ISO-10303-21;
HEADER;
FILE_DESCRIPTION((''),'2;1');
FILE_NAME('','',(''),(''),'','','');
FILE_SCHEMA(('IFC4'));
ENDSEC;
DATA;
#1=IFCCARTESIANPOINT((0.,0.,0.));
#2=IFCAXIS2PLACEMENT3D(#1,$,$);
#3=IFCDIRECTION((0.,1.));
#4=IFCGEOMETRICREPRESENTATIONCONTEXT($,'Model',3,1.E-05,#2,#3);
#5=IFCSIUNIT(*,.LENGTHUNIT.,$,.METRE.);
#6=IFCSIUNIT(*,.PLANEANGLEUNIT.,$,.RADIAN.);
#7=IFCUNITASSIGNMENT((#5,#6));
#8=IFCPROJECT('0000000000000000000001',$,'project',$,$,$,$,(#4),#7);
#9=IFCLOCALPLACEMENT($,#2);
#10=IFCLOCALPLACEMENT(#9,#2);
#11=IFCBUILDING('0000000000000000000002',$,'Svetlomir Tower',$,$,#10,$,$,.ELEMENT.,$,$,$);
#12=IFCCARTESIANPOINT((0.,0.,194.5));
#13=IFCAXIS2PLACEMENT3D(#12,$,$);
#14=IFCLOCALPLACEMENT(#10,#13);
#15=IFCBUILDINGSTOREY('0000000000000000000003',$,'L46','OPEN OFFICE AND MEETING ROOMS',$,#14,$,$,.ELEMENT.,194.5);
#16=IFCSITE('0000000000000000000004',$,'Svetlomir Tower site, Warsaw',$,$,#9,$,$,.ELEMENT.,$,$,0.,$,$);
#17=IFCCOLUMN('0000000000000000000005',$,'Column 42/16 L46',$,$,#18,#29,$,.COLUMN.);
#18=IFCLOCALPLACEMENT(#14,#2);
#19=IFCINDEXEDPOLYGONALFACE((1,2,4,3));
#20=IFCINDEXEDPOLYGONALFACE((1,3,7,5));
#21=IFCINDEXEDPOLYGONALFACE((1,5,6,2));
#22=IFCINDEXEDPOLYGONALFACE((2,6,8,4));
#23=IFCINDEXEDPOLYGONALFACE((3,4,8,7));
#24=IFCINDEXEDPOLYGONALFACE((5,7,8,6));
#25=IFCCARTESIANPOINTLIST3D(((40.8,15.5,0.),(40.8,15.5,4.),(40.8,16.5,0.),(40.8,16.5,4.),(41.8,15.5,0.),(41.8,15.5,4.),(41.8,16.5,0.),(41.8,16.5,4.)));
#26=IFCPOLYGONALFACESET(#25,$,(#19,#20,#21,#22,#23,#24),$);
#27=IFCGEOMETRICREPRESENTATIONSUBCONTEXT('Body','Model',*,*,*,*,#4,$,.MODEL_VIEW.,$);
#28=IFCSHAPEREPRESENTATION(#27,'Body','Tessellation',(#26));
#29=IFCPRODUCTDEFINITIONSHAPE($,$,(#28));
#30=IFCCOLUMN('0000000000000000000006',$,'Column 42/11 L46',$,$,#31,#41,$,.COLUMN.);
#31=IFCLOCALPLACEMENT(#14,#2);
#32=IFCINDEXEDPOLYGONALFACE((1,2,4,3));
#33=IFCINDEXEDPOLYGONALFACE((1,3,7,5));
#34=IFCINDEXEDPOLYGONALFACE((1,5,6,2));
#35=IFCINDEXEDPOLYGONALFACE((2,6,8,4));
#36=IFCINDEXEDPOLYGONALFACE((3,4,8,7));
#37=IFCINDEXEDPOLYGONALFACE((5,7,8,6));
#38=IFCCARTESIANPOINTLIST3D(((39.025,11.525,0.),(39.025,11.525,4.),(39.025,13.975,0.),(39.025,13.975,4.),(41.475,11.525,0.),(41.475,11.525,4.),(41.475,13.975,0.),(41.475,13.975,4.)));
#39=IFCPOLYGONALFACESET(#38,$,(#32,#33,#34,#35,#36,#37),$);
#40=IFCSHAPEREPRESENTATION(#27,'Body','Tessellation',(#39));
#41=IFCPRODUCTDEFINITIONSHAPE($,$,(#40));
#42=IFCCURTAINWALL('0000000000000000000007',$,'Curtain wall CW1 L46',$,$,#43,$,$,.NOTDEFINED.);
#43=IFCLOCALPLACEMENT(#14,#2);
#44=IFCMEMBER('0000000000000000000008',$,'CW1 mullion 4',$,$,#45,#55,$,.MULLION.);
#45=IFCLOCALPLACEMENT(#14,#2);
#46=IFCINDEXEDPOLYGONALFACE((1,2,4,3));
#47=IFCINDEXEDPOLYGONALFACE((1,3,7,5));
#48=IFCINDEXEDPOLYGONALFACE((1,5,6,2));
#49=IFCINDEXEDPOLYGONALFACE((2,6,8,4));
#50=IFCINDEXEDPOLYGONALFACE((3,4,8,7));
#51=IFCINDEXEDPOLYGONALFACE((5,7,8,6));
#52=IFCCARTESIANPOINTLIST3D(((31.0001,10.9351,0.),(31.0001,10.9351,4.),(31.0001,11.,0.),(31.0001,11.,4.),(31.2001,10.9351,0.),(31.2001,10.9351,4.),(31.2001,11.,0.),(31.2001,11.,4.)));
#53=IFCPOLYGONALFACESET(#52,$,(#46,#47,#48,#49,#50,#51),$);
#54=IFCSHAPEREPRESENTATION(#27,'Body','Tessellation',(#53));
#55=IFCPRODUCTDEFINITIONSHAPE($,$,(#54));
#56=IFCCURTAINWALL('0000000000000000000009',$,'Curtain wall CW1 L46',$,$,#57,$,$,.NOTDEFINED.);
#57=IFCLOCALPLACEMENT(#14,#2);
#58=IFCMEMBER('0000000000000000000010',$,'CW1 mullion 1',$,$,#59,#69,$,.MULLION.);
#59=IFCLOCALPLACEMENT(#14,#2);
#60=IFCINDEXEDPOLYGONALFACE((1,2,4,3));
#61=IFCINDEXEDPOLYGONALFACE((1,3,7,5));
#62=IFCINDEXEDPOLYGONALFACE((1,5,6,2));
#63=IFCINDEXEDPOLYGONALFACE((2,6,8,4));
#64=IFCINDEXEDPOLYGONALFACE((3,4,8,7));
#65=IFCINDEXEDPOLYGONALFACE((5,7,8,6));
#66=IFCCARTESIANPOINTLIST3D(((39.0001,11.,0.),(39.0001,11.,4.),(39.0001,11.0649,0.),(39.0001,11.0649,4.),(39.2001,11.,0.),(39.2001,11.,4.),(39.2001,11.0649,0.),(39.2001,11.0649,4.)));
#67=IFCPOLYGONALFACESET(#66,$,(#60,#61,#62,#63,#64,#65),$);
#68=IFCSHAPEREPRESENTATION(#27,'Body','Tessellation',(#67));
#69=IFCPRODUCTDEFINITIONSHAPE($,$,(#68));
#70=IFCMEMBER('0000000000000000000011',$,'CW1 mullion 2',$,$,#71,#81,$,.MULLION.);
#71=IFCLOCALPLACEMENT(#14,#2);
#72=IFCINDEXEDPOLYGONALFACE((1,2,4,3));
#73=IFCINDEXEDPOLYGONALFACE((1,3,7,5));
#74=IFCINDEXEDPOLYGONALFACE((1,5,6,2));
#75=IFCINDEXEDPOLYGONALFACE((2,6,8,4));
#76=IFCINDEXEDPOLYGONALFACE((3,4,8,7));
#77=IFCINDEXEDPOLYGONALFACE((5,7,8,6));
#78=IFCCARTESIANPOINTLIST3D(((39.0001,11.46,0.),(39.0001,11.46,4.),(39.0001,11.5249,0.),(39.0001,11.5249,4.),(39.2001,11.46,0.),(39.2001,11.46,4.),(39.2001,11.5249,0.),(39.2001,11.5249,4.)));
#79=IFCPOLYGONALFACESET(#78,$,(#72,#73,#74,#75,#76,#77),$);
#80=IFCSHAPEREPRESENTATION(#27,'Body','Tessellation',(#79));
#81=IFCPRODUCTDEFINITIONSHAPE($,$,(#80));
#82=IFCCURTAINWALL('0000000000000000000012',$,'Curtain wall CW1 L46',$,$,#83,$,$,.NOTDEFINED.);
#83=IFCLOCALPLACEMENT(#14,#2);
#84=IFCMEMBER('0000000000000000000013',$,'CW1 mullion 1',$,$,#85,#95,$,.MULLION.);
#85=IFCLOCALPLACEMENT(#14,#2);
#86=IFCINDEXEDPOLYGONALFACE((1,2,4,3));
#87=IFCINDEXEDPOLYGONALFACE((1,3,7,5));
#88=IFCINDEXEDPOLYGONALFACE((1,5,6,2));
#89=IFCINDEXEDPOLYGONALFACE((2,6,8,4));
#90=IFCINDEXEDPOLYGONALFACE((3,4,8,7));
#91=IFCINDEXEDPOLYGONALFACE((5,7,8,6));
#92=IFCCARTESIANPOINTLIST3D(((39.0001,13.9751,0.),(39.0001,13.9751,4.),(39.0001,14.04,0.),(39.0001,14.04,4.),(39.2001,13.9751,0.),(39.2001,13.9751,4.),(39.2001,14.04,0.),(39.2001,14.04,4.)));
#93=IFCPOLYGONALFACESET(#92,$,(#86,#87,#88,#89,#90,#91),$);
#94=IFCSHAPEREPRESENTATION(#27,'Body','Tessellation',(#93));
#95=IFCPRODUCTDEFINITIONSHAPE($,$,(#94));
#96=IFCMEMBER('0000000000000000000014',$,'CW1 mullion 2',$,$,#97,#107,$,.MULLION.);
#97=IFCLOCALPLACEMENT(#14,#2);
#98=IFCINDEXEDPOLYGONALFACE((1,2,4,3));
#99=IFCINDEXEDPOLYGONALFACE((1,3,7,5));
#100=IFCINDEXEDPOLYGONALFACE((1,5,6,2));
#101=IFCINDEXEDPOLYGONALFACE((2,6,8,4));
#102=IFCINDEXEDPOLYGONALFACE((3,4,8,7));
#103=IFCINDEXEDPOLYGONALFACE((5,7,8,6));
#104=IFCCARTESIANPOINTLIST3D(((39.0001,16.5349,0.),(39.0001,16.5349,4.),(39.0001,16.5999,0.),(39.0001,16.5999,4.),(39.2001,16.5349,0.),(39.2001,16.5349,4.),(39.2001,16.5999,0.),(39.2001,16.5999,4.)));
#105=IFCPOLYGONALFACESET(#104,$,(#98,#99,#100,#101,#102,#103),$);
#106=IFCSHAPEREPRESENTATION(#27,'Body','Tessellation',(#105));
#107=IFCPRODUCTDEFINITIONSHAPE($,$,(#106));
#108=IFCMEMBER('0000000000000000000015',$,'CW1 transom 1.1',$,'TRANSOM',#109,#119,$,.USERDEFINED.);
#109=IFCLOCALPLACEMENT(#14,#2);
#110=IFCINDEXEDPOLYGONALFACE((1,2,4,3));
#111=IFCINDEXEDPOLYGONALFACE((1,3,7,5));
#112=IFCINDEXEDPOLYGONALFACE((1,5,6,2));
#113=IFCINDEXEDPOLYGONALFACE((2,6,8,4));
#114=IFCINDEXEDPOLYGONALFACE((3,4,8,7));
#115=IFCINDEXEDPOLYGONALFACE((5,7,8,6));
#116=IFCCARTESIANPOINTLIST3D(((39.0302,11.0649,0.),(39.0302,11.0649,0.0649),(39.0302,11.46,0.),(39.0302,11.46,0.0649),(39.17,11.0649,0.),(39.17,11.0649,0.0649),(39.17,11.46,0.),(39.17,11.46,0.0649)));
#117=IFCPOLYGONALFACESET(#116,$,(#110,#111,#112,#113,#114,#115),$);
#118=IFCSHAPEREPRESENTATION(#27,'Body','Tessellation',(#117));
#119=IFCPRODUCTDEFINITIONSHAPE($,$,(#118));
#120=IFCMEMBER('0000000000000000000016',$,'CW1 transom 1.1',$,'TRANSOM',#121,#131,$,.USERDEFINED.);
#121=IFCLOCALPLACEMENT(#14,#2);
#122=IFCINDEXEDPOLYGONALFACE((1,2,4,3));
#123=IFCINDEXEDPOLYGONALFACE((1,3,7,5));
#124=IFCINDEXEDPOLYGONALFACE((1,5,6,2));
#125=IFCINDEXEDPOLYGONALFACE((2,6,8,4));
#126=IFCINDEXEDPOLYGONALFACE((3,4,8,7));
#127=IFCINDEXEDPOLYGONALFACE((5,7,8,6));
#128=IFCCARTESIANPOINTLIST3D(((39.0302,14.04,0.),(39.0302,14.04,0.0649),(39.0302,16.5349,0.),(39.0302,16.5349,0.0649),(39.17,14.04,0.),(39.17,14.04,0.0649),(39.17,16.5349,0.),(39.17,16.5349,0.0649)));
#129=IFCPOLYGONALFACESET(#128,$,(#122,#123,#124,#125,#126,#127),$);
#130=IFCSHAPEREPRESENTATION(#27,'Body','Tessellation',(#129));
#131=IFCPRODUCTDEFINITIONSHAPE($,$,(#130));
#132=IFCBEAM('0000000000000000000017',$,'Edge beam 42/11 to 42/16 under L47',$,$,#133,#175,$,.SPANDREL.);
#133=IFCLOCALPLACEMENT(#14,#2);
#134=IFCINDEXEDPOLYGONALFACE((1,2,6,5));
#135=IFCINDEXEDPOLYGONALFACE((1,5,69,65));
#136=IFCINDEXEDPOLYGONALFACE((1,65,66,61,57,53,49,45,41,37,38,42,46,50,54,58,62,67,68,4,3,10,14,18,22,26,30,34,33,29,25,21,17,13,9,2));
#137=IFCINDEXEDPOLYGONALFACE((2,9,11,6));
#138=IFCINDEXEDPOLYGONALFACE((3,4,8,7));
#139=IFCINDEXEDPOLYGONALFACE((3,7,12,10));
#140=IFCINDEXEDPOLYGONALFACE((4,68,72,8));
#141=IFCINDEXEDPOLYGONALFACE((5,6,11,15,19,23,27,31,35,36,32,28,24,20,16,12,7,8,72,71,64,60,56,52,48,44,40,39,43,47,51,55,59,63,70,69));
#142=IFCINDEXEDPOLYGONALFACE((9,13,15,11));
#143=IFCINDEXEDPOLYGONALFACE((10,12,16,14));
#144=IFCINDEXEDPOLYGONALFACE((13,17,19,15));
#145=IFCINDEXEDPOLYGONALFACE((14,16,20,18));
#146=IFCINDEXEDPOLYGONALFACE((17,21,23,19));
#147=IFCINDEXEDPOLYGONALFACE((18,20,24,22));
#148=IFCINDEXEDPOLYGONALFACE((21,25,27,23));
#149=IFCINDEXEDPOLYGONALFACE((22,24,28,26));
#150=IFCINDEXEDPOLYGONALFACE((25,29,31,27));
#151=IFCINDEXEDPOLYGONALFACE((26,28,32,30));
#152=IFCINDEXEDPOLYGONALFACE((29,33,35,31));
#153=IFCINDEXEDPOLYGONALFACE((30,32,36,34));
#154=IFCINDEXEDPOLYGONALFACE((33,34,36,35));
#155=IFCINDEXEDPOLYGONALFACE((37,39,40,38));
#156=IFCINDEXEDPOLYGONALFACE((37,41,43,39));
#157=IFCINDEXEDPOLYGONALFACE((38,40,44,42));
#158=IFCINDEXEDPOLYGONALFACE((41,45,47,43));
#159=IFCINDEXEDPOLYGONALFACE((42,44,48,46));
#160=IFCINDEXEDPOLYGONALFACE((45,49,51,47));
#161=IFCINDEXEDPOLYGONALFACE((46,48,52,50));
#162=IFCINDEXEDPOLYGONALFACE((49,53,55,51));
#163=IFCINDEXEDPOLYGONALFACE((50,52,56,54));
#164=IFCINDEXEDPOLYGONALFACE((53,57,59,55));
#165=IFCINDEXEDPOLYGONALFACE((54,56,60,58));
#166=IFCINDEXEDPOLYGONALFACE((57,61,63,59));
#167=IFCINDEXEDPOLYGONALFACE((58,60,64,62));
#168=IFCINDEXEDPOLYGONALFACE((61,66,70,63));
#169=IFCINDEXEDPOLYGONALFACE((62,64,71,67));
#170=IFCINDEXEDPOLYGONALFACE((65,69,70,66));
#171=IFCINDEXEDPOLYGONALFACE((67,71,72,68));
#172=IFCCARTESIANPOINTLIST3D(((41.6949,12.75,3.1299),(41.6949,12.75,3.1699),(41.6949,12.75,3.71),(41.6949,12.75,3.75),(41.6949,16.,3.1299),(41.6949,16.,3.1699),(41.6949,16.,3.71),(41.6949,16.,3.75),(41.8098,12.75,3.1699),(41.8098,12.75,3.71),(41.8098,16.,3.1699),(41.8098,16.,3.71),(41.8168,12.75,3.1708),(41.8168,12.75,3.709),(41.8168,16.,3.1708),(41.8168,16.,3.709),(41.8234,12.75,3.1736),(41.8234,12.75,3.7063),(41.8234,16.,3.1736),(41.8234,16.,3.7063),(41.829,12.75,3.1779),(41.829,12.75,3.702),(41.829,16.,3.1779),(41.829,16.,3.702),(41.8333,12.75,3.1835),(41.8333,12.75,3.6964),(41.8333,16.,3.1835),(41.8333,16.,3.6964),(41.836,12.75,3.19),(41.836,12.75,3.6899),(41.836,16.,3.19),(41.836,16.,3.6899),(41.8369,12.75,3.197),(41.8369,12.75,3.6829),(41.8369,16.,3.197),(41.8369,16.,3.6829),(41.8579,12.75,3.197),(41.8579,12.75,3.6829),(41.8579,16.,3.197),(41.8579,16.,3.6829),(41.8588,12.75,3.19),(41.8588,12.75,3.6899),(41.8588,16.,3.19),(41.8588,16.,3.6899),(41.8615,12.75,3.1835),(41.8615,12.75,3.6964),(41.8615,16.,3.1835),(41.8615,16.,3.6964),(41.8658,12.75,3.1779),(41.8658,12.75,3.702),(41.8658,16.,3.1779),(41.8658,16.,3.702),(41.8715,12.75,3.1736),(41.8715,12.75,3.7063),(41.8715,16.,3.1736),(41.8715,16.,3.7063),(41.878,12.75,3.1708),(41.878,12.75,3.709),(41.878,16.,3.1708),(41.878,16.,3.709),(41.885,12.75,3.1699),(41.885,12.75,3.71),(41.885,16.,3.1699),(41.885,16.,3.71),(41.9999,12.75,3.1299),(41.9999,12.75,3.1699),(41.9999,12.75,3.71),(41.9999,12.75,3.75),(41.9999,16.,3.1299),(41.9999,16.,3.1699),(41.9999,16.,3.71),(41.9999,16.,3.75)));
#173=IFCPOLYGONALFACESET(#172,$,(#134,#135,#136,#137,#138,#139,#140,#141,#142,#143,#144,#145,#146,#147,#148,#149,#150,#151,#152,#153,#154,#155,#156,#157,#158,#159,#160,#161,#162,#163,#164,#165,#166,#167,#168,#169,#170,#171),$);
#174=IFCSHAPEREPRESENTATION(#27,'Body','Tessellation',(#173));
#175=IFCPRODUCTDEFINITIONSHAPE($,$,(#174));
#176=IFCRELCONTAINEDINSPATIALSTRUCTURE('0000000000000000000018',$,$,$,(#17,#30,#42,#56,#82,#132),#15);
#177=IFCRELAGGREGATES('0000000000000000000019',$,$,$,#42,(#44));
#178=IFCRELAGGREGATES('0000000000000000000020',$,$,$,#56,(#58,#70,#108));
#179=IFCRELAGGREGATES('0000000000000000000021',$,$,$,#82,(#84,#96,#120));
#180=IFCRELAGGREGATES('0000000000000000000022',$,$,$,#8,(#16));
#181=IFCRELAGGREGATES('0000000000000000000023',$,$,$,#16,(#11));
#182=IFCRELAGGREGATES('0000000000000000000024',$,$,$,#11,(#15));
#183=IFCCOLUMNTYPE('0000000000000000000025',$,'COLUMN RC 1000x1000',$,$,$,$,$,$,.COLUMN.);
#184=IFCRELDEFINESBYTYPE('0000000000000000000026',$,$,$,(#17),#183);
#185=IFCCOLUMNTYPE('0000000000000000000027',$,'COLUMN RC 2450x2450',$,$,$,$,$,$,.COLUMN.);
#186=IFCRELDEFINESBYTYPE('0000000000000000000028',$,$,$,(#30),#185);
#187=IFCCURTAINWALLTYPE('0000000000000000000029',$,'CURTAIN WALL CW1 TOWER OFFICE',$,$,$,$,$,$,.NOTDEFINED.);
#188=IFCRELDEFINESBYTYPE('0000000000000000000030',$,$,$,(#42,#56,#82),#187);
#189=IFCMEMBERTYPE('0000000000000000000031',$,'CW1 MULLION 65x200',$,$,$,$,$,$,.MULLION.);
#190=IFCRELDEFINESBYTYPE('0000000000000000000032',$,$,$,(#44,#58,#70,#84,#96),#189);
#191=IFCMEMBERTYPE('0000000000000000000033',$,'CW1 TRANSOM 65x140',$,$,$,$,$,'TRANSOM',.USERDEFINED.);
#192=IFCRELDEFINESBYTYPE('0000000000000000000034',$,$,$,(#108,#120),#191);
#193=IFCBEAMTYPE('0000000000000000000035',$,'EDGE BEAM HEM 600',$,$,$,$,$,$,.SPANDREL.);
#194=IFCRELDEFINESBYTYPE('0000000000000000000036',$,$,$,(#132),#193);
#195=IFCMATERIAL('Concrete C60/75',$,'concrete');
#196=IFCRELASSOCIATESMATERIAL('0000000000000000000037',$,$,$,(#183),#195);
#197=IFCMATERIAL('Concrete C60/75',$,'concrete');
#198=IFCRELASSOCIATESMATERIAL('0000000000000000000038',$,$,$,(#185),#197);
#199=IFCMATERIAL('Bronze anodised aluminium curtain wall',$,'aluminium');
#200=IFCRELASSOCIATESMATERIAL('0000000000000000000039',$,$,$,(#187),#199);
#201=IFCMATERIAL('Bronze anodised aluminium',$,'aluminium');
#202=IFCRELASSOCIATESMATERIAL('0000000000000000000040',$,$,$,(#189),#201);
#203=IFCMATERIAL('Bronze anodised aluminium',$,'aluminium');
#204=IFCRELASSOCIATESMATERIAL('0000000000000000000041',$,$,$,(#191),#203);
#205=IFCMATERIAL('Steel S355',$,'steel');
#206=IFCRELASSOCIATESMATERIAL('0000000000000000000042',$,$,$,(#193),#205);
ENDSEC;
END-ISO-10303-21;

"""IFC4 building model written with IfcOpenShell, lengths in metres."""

from ifc_helpers import new_model, si_unit, direction, frame, origin, origin_2d, place, context, subcontext, project, spatial, rectangle, i_section, extrude, material, material_profile, profile_set, type_object, element, aggregate, save


model = new_model("IFC4")

# Units and contexts
model_context = context("Model", 3, precision=1e-05, world=origin(), true_north=direction((0.0, 1.0)))
body_context = subcontext(model_context, "Body", "Model", "MODEL_VIEW")
ifc_project = project(units=[si_unit("LENGTHUNIT", "METRE"), si_unit("PLANEANGLEUNIT", "RADIAN")], contexts=[model_context])

# Site, building, storey
site_placement = place(None, origin())
site = spatial("IfcSite", under=ifc_project, at=site_placement, Name="Svetlomir Tower site, Warsaw", CompositionType="ELEMENT", RefElevation=0.0)
building_placement = place(site_placement, origin())
building = spatial("IfcBuilding", under=site, at=building_placement, Name="Svetlomir Tower", CompositionType="ELEMENT")
storey_placement = place(building_placement, frame((0.0, 0.0, 194.5)))
storey = spatial("IfcBuildingStorey", under=building, at=storey_placement, Name="L46", Description="OPEN OFFICE AND MEETING ROOMS", CompositionType="ELEMENT", Elevation=194.5)

# Columns
ifc_material_1 = material(Name="Concrete C60/75", Category="concrete")
ifc_material_profile_1 = material_profile(ifc_material_1, rectangle(XDim=1.0, YDim=1.0, at=origin_2d()), Name="RC 1000x1000")
ifc_profile_set_1 = profile_set([ifc_material_profile_1], Name="Concrete C60/75")
column_type_1 = type_object("IfcColumnType", Name="COLUMN RC 1000x1000", PredefinedType="COLUMN", material=ifc_profile_set_1)
column_1_placement = place(storey_placement, frame((41.3, 16.0, 0.0), z_axis=(0.0, 0.0, 1.0), x_axis=(1.0, 0.0, 0.0)))
element("IfcColumn", 1, at=column_1_placement, inside=storey, type_object=column_type_1, Name="Column 42/16 L46", PredefinedType="COLUMN", context=body_context, shape_type="SweptSolid", body=[
    extrude(rectangle(XDim=1.0, YDim=1.0, at=origin_2d()), origin(), (0.0, 0.0, 1.0), 4.0),
])
ifc_material_2 = material(Name="Concrete C60/75", Category="concrete")
ifc_material_profile_2 = material_profile(ifc_material_2, rectangle(XDim=2.45, YDim=2.45, at=origin_2d()), Name="RC 2450x2450")
ifc_profile_set_2 = profile_set([ifc_material_profile_2], Name="Concrete C60/75")
column_type_2 = type_object("IfcColumnType", Name="COLUMN RC 2450x2450", PredefinedType="COLUMN", material=ifc_profile_set_2)
column_2_placement = place(storey_placement, frame((40.25, 12.75, 0.0), z_axis=(0.0, 0.0, 1.0), x_axis=(1.0, 0.0, 0.0)))
element("IfcColumn", 2, at=column_2_placement, inside=storey, type_object=column_type_2, Name="Column 42/11 L46", PredefinedType="COLUMN", context=body_context, shape_type="SweptSolid", body=[
    extrude(rectangle(XDim=2.45, YDim=2.45, at=origin_2d()), origin(), (0.0, 0.0, 1.0), 4.0),
])

# Curtain wall, member
ifc_material_3 = material(Name="Bronze anodised aluminium curtain wall", Category="aluminium")
curtain_wall_type = type_object("IfcCurtainWallType", Name="CURTAIN WALL CW1 TOWER OFFICE", PredefinedType="NOTDEFINED", material=ifc_material_3)
curtain_wall_1_placement = place(storey_placement, origin())
curtain_wall_1 = element("IfcCurtainWall", 3, at=curtain_wall_1_placement, inside=storey, type_object=curtain_wall_type, Name="Curtain wall CW1 L46", PredefinedType="NOTDEFINED")
ifc_material_4 = material(Name="Bronze anodised aluminium", Category="aluminium")
ifc_material_profile_3 = material_profile(ifc_material_4, rectangle(XDim=0.0649, YDim=0.2, at=origin_2d()), Name="AL 65x200")
ifc_profile_set_3 = profile_set([ifc_material_profile_3], Name="Bronze anodised aluminium 6063-T6")
member_type_1 = type_object("IfcMemberType", Name="CW1 MULLION 65x200", PredefinedType="MULLION", material=ifc_profile_set_3)
member_1_placement = place(storey_placement, frame((31.1001, 10.9675, 0.0), z_axis=(0.0, 0.0, 1.0), x_axis=(0.0, 1.0, 0.0)))
member_1 = element("IfcMember", 4, at=member_1_placement, type_object=member_type_1, Name="CW1 mullion 4", PredefinedType="MULLION", context=body_context, shape_type="SweptSolid", body=[
    extrude(rectangle(XDim=0.0649, YDim=0.2, at=origin_2d()), origin(), (0.0, 0.0, 1.0), 4.0),
])
aggregate(curtain_wall_1, [member_1])

# Curtain walls, members
curtain_wall_2_placement = place(storey_placement, origin())
curtain_wall_2 = element("IfcCurtainWall", 5, at=curtain_wall_2_placement, inside=storey, type_object=curtain_wall_type, Name="Curtain wall CW1 L46", PredefinedType="NOTDEFINED")
member_2_placement = place(storey_placement, frame((39.1001, 11.0325, 0.0), z_axis=(0.0, 0.0, 1.0), x_axis=(0.0, 1.0, 0.0)))
member_2 = element("IfcMember", 6, at=member_2_placement, type_object=member_type_1, Name="CW1 mullion 1", PredefinedType="MULLION", context=body_context, shape_type="SweptSolid", body=[
    extrude(rectangle(XDim=0.0649, YDim=0.2, at=origin_2d()), origin(), (0.0, 0.0, 1.0), 4.0),
])
member_3_placement = place(storey_placement, frame((39.1001, 11.4924, 0.0), z_axis=(0.0, 0.0, 1.0), x_axis=(0.0, 1.0, 0.0)))
member_3 = element("IfcMember", 7, at=member_3_placement, type_object=member_type_1, Name="CW1 mullion 2", PredefinedType="MULLION", context=body_context, shape_type="SweptSolid", body=[
    extrude(rectangle(XDim=0.0649, YDim=0.2, at=origin_2d()), origin(), (0.0, 0.0, 1.0), 4.0),
])
curtain_wall_3_placement = place(storey_placement, origin())
curtain_wall_3 = element("IfcCurtainWall", 8, at=curtain_wall_3_placement, inside=storey, type_object=curtain_wall_type, Name="Curtain wall CW1 L46", PredefinedType="NOTDEFINED")
member_4_placement = place(storey_placement, frame((39.1001, 14.0076, 0.0), z_axis=(0.0, 0.0, 1.0), x_axis=(0.0, 1.0, 0.0)))
member_4 = element("IfcMember", 9, at=member_4_placement, type_object=member_type_1, Name="CW1 mullion 1", PredefinedType="MULLION", context=body_context, shape_type="SweptSolid", body=[
    extrude(rectangle(XDim=0.0649, YDim=0.2, at=origin_2d()), origin(), (0.0, 0.0, 1.0), 4.0),
])
member_5_placement = place(storey_placement, frame((39.1001, 16.5674, 0.0), z_axis=(0.0, 0.0, 1.0), x_axis=(0.0, 1.0, 0.0)))
member_5 = element("IfcMember", 10, at=member_5_placement, type_object=member_type_1, Name="CW1 mullion 2", PredefinedType="MULLION", context=body_context, shape_type="SweptSolid", body=[
    extrude(rectangle(XDim=0.0649, YDim=0.2, at=origin_2d()), origin(), (0.0, 0.0, 1.0), 4.0),
])

# Members
ifc_material_5 = material(Name="Bronze anodised aluminium", Category="aluminium")
ifc_material_profile_4 = material_profile(ifc_material_5, rectangle(XDim=0.1399, YDim=0.0649, at=origin_2d()), Name="AL 140x65")
ifc_profile_set_4 = profile_set([ifc_material_profile_4], Name="Bronze anodised aluminium 6063-T6")
member_type_2 = type_object("IfcMemberType", Name="CW1 TRANSOM 65x140", ElementType="TRANSOM", PredefinedType="USERDEFINED", material=ifc_profile_set_4)
member_6_placement = place(storey_placement, frame((39.1001, 11.0649, 0.0325), z_axis=(0.0, 1.0, 0.0), x_axis=(-1.0, 0.0, 0.0)))
member_6 = element("IfcMember", 11, at=member_6_placement, type_object=member_type_2, Name="CW1 transom 1.1", ObjectType="TRANSOM", PredefinedType="USERDEFINED", context=body_context, shape_type="SweptSolid", body=[
    extrude(rectangle(XDim=0.1399, YDim=0.0649, at=origin_2d()), origin(), (0.0, 0.0, 1.0), 0.395),
])
member_7_placement = place(storey_placement, frame((39.1001, 14.04, 0.0325), z_axis=(0.0, 1.0, 0.0), x_axis=(-1.0, 0.0, 0.0)))
member_7 = element("IfcMember", 12, at=member_7_placement, type_object=member_type_2, Name="CW1 transom 1.1", ObjectType="TRANSOM", PredefinedType="USERDEFINED", context=body_context, shape_type="SweptSolid", body=[
    extrude(rectangle(XDim=0.1399, YDim=0.0649, at=origin_2d()), origin(), (0.0, 0.0, 1.0), 2.4949),
])

# Beam
ifc_material_6 = material(Name="Steel S355", Category="steel")
ifc_material_profile_5 = material_profile(ifc_material_6, i_section(OverallWidth=0.3049, OverallDepth=0.6201, WebThickness=0.021, FlangeThickness=0.04, FilletRadius=0.0271, at=origin_2d()), Name="HEM 600")
ifc_profile_set_5 = profile_set([ifc_material_profile_5], Name="Steel S355")
beam_type_1 = type_object("IfcBeamType", Name="EDGE BEAM HEM 600", PredefinedType="SPANDREL", material=ifc_profile_set_5)
beam_1_placement = place(storey_placement, frame((41.8474, 12.75, 3.4399), z_axis=(0.0, 1.0, 0.0), x_axis=(-1.0, 0.0, 0.0)))
element("IfcBeam", 13, at=beam_1_placement, inside=storey, type_object=beam_type_1, Name="Edge beam 42/11 to 42/16 under L47", PredefinedType="SPANDREL", context=body_context, shape_type="SweptSolid", body=[
    extrude(i_section(OverallWidth=0.3049, OverallDepth=0.6201, WebThickness=0.021, FlangeThickness=0.04, FilletRadius=0.0271, at=origin_2d()), origin(), (0.0, 0.0, 1.0), 3.25),
])

aggregate(curtain_wall_2, [member_2, member_3, member_6])
aggregate(curtain_wall_3, [member_4, member_5, member_7])

save(model, "model.ifc")
